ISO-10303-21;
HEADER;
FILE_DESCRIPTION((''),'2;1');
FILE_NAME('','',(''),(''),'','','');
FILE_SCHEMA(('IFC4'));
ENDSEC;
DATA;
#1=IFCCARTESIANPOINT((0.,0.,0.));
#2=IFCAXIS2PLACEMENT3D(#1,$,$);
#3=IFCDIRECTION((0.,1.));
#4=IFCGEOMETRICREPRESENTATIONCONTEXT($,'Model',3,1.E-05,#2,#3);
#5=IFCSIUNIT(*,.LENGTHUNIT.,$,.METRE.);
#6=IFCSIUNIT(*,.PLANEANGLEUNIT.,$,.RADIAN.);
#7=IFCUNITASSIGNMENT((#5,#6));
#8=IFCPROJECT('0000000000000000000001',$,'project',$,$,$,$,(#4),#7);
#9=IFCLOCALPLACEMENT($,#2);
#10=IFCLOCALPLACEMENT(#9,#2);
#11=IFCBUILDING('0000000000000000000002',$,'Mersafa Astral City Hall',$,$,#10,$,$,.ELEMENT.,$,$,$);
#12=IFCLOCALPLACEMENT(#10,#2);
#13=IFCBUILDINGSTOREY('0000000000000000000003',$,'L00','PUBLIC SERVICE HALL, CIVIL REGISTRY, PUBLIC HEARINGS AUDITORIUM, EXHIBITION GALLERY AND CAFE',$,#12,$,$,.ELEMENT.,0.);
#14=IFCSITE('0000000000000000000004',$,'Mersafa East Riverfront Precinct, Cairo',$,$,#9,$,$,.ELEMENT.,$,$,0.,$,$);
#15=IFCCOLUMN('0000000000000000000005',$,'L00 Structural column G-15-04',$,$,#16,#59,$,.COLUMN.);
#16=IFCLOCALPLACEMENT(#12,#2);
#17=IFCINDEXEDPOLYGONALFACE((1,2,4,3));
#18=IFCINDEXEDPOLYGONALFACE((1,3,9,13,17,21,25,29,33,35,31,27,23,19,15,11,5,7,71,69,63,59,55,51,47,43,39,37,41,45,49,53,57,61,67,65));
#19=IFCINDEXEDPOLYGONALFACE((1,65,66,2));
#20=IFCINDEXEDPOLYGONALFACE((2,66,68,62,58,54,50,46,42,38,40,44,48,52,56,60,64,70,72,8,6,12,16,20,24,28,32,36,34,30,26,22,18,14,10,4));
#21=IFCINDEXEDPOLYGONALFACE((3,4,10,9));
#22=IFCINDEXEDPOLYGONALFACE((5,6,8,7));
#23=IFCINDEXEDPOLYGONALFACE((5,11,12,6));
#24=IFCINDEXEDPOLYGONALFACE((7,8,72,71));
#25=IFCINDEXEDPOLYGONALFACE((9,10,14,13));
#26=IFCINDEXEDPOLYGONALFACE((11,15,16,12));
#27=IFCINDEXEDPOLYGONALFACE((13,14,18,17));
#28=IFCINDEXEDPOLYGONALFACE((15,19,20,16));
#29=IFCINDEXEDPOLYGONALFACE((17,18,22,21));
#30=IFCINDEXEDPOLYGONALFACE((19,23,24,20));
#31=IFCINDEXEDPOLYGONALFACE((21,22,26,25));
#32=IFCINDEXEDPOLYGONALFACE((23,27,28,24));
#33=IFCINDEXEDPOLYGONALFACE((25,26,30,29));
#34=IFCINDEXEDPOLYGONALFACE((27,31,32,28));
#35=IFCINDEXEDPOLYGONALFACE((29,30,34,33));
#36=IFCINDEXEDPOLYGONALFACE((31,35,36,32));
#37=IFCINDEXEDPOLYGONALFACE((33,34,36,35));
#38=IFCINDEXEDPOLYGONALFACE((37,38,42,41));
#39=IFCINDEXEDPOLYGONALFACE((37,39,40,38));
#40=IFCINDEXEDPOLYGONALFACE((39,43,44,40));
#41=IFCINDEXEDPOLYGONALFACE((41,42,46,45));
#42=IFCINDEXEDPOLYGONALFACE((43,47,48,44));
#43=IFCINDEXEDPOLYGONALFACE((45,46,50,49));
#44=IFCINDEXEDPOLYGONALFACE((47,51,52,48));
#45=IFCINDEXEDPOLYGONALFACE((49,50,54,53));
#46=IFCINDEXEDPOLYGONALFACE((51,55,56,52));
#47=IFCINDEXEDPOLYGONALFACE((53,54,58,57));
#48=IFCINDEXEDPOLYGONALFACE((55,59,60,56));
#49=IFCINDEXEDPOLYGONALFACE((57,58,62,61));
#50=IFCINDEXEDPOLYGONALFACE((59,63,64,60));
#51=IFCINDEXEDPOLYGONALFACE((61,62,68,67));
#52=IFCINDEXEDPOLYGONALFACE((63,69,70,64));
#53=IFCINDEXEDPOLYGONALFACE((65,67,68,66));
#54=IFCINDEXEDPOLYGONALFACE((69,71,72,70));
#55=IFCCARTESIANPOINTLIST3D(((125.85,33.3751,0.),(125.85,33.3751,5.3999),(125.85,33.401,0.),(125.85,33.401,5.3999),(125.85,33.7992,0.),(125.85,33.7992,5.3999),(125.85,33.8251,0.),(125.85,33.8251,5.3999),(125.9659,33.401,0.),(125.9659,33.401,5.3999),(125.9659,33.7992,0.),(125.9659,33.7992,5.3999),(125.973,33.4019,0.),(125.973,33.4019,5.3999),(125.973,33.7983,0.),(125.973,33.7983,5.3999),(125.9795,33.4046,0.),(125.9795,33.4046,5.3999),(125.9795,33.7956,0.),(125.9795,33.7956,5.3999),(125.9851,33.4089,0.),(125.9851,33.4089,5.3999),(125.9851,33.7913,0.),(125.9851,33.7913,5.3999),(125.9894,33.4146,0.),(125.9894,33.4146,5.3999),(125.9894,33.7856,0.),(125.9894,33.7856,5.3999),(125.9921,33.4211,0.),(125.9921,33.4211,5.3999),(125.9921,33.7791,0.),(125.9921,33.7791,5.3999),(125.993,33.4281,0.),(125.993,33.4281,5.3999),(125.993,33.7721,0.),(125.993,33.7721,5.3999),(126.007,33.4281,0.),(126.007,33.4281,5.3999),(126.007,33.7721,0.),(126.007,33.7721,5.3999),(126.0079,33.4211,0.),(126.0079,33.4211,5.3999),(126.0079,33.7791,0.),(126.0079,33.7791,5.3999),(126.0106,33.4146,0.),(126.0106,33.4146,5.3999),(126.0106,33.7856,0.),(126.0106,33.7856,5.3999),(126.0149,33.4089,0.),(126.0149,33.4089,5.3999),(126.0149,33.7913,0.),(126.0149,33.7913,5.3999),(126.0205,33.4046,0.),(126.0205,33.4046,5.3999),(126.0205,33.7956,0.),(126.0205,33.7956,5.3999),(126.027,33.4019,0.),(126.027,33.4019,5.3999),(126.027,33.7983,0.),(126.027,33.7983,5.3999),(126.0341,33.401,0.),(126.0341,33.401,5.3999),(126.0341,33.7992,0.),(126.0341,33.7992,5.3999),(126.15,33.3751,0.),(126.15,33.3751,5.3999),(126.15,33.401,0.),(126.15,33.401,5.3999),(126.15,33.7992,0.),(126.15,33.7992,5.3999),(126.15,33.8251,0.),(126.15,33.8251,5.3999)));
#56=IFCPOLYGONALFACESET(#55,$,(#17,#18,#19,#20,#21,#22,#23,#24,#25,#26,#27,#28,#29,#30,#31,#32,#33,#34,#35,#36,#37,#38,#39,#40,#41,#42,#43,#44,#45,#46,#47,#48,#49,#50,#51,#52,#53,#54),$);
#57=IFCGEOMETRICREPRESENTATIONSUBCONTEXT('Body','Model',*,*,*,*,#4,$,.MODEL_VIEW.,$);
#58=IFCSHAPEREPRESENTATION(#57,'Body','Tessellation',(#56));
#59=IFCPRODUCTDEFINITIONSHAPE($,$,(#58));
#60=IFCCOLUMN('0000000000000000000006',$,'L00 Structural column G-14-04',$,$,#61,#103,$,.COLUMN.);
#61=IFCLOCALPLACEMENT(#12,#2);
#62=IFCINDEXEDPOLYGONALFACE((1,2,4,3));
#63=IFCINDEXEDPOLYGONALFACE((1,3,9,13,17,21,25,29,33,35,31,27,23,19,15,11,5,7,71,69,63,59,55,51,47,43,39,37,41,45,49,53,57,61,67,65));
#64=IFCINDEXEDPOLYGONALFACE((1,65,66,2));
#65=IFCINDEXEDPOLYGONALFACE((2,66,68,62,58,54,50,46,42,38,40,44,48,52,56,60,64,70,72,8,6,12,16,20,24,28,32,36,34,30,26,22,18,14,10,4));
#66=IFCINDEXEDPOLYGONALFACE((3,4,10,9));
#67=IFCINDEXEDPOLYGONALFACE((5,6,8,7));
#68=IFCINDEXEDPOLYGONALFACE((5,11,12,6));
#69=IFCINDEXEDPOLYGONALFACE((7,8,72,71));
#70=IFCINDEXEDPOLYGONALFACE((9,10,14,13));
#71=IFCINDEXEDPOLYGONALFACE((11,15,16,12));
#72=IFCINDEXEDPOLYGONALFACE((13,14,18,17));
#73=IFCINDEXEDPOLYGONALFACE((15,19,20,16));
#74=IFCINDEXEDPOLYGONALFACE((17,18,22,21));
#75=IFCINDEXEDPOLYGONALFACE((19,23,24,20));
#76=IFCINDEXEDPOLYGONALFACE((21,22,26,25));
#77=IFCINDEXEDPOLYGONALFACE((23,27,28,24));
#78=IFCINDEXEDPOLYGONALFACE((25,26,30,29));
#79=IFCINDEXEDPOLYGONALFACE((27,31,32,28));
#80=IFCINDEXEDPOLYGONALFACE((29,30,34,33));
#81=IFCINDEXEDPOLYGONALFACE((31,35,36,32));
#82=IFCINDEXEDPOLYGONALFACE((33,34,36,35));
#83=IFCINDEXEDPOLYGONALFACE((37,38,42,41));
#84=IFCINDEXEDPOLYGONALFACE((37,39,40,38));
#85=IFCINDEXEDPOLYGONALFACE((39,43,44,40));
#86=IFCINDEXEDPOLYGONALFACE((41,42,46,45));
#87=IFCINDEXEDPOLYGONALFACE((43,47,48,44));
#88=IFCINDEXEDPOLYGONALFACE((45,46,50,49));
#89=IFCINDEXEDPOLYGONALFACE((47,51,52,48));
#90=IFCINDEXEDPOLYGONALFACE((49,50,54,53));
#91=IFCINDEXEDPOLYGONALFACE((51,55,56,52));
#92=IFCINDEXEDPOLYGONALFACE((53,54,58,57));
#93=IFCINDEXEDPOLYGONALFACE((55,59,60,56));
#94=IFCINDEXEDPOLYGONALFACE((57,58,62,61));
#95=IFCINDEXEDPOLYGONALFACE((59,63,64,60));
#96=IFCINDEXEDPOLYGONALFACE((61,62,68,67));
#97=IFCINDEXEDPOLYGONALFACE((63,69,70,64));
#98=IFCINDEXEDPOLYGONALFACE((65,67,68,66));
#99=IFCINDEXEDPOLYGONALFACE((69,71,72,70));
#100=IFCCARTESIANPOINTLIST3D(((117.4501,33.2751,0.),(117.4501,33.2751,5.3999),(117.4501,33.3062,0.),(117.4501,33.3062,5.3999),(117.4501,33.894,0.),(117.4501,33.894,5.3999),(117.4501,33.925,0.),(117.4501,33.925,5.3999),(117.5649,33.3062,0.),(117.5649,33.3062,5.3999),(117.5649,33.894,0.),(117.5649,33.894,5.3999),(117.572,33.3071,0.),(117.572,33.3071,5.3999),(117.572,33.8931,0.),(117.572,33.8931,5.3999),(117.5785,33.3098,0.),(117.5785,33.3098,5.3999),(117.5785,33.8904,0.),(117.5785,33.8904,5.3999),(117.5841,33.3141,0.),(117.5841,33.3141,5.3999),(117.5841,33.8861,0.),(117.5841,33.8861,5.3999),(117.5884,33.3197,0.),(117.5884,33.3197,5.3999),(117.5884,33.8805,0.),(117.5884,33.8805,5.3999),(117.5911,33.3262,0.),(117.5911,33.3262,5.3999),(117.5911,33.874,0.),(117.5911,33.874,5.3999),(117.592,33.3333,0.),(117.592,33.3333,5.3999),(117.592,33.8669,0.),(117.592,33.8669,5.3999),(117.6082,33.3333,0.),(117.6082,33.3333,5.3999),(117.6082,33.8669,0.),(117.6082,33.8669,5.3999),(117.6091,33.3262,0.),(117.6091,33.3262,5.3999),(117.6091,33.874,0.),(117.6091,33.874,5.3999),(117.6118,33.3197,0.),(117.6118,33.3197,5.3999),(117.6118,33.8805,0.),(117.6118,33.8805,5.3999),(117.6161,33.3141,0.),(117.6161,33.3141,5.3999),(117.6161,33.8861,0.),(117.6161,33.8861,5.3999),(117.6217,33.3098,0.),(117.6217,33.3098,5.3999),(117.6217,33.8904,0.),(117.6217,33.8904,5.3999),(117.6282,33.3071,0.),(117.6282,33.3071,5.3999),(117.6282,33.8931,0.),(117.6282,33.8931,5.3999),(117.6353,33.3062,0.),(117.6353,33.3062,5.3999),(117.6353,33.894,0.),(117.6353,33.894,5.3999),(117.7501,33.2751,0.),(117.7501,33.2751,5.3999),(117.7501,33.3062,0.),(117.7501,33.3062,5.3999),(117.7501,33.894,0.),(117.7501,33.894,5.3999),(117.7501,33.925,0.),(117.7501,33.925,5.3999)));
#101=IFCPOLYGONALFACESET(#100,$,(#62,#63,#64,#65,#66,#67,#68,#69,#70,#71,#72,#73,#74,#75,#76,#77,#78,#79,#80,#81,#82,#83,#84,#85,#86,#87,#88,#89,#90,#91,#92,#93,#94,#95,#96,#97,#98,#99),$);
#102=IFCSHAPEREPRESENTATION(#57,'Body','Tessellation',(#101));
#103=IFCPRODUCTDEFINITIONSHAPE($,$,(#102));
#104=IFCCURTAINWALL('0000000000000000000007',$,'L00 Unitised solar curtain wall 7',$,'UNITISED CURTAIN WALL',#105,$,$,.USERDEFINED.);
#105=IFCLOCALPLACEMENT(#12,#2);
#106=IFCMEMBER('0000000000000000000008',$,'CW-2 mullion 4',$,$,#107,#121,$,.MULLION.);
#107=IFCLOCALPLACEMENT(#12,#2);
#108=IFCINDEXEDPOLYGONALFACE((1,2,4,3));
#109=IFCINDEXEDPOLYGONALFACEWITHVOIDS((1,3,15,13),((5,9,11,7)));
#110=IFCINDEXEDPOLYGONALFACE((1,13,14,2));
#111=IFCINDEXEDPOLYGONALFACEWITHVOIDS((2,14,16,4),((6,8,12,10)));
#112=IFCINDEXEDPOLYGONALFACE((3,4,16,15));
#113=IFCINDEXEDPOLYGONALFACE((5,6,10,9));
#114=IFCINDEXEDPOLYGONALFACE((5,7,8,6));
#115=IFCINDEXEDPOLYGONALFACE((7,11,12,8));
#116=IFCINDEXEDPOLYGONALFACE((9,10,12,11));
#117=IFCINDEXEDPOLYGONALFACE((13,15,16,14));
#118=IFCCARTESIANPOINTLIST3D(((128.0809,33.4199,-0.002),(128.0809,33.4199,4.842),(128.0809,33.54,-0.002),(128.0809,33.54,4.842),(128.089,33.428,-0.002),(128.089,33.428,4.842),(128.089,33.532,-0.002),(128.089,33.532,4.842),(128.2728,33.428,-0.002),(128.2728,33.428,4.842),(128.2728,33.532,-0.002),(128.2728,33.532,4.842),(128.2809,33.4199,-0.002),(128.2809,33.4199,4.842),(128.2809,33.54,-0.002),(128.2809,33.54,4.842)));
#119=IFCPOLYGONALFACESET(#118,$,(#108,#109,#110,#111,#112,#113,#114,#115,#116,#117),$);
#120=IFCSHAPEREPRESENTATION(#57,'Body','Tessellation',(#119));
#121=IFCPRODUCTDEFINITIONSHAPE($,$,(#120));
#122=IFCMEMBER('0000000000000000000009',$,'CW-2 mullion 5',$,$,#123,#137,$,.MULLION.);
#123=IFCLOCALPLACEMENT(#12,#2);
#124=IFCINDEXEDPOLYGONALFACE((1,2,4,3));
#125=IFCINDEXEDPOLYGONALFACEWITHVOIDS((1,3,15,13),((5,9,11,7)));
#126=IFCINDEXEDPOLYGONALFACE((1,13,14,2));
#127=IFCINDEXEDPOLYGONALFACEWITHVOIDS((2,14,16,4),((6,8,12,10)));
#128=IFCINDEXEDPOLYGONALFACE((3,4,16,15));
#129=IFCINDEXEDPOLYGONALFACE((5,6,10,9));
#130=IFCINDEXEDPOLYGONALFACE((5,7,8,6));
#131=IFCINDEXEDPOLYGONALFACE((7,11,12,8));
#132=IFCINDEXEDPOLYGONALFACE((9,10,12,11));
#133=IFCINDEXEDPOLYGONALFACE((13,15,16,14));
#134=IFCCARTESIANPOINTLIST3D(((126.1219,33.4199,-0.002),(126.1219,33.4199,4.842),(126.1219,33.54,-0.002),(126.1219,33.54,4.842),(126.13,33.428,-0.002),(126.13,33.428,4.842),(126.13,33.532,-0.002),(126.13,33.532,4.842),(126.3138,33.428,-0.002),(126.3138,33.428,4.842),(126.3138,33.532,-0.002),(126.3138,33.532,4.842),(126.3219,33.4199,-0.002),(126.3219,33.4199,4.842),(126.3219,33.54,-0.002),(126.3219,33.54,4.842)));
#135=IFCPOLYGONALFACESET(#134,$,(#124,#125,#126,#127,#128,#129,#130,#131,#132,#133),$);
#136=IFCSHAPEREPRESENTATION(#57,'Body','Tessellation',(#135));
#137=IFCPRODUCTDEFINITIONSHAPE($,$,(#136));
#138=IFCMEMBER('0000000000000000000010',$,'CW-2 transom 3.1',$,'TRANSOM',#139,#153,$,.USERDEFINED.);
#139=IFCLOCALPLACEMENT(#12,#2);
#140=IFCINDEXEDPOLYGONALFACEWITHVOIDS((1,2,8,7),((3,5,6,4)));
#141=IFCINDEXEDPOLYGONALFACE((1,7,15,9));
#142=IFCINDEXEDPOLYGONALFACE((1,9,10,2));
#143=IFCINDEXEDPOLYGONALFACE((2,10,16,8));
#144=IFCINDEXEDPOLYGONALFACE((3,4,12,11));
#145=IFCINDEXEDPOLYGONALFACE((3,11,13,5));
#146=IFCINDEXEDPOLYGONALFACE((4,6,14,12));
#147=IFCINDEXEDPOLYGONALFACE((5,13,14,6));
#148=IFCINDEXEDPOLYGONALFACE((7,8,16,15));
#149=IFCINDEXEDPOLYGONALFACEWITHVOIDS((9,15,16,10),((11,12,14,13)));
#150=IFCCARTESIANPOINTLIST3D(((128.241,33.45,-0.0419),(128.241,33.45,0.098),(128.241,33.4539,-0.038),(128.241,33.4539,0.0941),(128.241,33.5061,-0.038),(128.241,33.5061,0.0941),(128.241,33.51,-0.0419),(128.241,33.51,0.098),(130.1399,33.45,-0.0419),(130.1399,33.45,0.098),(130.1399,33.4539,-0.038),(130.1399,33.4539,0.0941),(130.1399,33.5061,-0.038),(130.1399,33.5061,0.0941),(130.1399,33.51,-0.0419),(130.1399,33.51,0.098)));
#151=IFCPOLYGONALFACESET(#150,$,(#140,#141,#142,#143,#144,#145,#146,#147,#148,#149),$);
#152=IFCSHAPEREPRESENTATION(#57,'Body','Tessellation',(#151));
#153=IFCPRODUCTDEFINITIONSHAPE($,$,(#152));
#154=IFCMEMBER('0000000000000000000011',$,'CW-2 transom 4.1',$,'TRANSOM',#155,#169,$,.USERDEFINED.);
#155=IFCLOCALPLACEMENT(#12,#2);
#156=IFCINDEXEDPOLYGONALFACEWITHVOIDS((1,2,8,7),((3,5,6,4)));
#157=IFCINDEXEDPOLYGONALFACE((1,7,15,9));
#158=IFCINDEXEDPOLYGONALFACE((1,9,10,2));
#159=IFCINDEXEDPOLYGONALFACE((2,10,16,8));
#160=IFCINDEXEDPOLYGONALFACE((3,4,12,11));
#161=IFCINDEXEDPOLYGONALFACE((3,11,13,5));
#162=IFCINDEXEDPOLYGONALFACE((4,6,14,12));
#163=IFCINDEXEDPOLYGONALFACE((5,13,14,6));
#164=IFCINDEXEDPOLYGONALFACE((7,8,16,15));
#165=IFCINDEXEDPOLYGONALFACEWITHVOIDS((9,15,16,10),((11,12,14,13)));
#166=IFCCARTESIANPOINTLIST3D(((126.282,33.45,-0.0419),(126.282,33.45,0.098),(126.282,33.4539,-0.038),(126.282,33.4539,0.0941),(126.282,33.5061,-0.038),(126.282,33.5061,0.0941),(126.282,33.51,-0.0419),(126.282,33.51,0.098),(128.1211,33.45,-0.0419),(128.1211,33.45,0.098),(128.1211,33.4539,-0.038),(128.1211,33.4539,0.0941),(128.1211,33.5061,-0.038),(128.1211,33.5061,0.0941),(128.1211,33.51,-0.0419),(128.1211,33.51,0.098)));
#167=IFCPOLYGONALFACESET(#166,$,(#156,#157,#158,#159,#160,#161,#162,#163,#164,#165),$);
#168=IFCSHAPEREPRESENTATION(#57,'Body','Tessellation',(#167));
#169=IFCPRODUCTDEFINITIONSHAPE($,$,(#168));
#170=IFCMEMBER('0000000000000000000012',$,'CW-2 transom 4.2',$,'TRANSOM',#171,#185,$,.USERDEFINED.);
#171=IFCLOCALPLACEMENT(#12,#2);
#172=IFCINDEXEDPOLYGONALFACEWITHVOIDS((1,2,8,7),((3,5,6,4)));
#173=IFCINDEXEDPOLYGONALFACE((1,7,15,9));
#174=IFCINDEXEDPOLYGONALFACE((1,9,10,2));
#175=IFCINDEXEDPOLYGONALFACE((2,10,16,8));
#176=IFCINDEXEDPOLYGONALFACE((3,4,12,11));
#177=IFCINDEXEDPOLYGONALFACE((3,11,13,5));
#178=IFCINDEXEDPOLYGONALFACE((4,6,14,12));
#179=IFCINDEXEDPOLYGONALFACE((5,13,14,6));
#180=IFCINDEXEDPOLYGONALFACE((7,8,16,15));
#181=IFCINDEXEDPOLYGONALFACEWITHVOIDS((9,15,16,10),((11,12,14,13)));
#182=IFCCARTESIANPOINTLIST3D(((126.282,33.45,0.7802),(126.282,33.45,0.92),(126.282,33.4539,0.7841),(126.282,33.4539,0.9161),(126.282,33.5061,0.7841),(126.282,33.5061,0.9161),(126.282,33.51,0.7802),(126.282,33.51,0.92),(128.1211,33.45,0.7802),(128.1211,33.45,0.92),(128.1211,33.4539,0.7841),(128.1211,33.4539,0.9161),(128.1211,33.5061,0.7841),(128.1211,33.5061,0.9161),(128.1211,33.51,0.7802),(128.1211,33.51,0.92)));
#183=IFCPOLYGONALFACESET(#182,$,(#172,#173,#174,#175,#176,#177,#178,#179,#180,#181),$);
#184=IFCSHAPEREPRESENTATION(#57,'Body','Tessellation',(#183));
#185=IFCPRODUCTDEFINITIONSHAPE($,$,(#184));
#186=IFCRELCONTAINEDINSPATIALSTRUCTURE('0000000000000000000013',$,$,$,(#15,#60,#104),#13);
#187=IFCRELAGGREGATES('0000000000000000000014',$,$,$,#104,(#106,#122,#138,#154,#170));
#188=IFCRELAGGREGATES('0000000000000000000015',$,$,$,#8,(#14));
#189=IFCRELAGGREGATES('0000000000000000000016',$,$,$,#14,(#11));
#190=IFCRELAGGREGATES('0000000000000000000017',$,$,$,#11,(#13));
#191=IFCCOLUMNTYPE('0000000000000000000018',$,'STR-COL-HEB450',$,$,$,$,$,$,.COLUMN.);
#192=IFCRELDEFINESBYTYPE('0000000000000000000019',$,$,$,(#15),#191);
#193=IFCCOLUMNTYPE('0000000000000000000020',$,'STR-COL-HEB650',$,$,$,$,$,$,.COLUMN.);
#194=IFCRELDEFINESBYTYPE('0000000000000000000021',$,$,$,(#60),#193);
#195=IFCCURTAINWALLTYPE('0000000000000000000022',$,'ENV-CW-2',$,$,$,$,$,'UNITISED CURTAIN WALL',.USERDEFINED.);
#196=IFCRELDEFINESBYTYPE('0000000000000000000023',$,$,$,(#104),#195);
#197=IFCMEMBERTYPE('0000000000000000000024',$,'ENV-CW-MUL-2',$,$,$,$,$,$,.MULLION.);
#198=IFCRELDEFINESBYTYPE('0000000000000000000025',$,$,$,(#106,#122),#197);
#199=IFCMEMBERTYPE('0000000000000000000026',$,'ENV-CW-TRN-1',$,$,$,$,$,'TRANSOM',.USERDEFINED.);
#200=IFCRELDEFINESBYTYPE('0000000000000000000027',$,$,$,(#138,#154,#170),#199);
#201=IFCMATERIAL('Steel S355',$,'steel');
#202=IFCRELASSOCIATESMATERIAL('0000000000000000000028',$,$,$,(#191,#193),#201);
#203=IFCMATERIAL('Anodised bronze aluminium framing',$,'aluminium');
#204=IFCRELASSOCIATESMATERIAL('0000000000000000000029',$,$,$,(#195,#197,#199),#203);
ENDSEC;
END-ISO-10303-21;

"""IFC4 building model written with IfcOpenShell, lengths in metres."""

from ifc_helpers import new_model, si_unit, direction, frame, origin, origin_2d, place, context, subcontext, project, spatial, hollow_rectangle, i_section, extrude, material, material_profile, profile_set, type_object, element, aggregate, save


model = new_model("IFC4")

# Units and contexts
model_context = context("Model", 3, precision=1e-05, world=origin(), true_north=direction((0.0, 1.0)))
body_context = subcontext(model_context, "Body", "Model", "MODEL_VIEW")
ifc_project = project(units=[si_unit("LENGTHUNIT", "METRE"), si_unit("PLANEANGLEUNIT", "RADIAN")], contexts=[model_context])

# Site, building, storey
site_placement = place(None, origin())
site = spatial("IfcSite", under=ifc_project, at=site_placement, Name="Mersafa East Riverfront Precinct, Cairo", CompositionType="ELEMENT", RefElevation=0.0)
building_placement = place(site_placement, origin())
building = spatial("IfcBuilding", under=site, at=building_placement, Name="Mersafa Astral City Hall", CompositionType="ELEMENT")
storey_placement = place(building_placement, origin())
storey = spatial("IfcBuildingStorey", under=building, at=storey_placement, Name="L00", Description="PUBLIC SERVICE HALL, CIVIL REGISTRY, PUBLIC HEARINGS AUDITORIUM, EXHIBITION GALLERY AND CAFE", CompositionType="ELEMENT", Elevation=0.0)

# Columns
ifc_material_1 = material(Name="Steel S355", Category="steel")
ifc_material_profile_1 = material_profile(ifc_material_1, i_section(OverallWidth=0.3, OverallDepth=0.45, WebThickness=0.0139, FlangeThickness=0.0259, FilletRadius=0.0271, at=origin_2d()), Name="HEB 450")
ifc_profile_set_1 = profile_set([ifc_material_profile_1], Name="Steel S355")
column_type_1 = type_object("IfcColumnType", Name="STR-COL-HEB450", PredefinedType="COLUMN", material=ifc_profile_set_1)
column_1_placement = place(storey_placement, frame((126.0, 33.6001, 0.0), z_axis=(0.0, 0.0, 1.0), x_axis=(1.0, 0.0, 0.0)))
element("IfcColumn", 1, at=column_1_placement, inside=storey, type_object=column_type_1, Name="L00 Structural column G-15-04", PredefinedType="COLUMN", context=body_context, shape_type="SweptSolid", body=[
    extrude(i_section(OverallWidth=0.3, OverallDepth=0.45, WebThickness=0.0139, FlangeThickness=0.0259, FilletRadius=0.0271, at=origin_2d()), origin(), (0.0, 0.0, 1.0), 5.3999),
])
ifc_material_profile_2 = material_profile(ifc_material_1, i_section(OverallWidth=0.3, OverallDepth=0.6499, WebThickness=0.0161, FlangeThickness=0.031, FilletRadius=0.0271, at=origin_2d()), Name="HEB 650")
ifc_profile_set_2 = profile_set([ifc_material_profile_2], Name="Steel S355")
column_type_2 = type_object("IfcColumnType", Name="STR-COL-HEB650", PredefinedType="COLUMN", material=ifc_profile_set_2)
column_2_placement = place(storey_placement, frame((117.6001, 33.6001, 0.0), z_axis=(0.0, 0.0, 1.0), x_axis=(1.0, 0.0, 0.0)))
element("IfcColumn", 2, at=column_2_placement, inside=storey, type_object=column_type_2, Name="L00 Structural column G-14-04", PredefinedType="COLUMN", context=body_context, shape_type="SweptSolid", body=[
    extrude(i_section(OverallWidth=0.3, OverallDepth=0.6499, WebThickness=0.0161, FlangeThickness=0.031, FilletRadius=0.0271, at=origin_2d()), origin(), (0.0, 0.0, 1.0), 5.3999),
])

# Curtain wall, members
ifc_material_2 = material(Name="Anodised bronze aluminium framing", Category="aluminium")
curtain_wall_type = type_object("IfcCurtainWallType", Name="ENV-CW-2", ElementType="UNITISED CURTAIN WALL", PredefinedType="USERDEFINED", material=ifc_material_2)
curtain_wall_placement = place(storey_placement, origin())
curtain_wall = element("IfcCurtainWall", 3, at=curtain_wall_placement, inside=storey, type_object=curtain_wall_type, Name="L00 Unitised solar curtain wall 7", ObjectType="UNITISED CURTAIN WALL", PredefinedType="USERDEFINED")
ifc_material_profile_3 = material_profile(ifc_material_2, hollow_rectangle(XDim=0.1201, YDim=0.2, WallThickness=0.0081, at=origin_2d()), Name="RHS 120x200x8")
ifc_profile_set_3 = profile_set([ifc_material_profile_3], Name="Anodised bronze aluminium framing")
member_type_1 = type_object("IfcMemberType", Name="ENV-CW-MUL-2", PredefinedType="MULLION", material=ifc_profile_set_3)
member_1_placement = place(storey_placement, frame((128.1809, 33.48, -0.002), z_axis=(0.0, 0.0, 1.0), x_axis=(0.0, -1.0, 0.0)))
member_1 = element("IfcMember", 4, at=member_1_placement, type_object=member_type_1, Name="CW-2 mullion 4", PredefinedType="MULLION", context=body_context, shape_type="SweptSolid", body=[
    extrude(hollow_rectangle(XDim=0.1201, YDim=0.2, WallThickness=0.0081, at=origin_2d()), origin(), (0.0, 0.0, 1.0), 4.844),
])
member_2_placement = place(storey_placement, frame((126.2219, 33.48, -0.002), z_axis=(0.0, 0.0, 1.0), x_axis=(0.0, -1.0, 0.0)))
member_2 = element("IfcMember", 5, at=member_2_placement, type_object=member_type_1, Name="CW-2 mullion 5", PredefinedType="MULLION", context=body_context, shape_type="SweptSolid", body=[
    extrude(hollow_rectangle(XDim=0.1201, YDim=0.2, WallThickness=0.0081, at=origin_2d()), origin(), (0.0, 0.0, 1.0), 4.844),
])
ifc_material_profile_4 = material_profile(ifc_material_2, hollow_rectangle(XDim=0.0601, YDim=0.1399, WallThickness=0.0039, at=origin_2d()), Name="RHS 60x140x4")
ifc_profile_set_4 = profile_set([ifc_material_profile_4], Name="Anodised bronze aluminium framing")
member_type_2 = type_object("IfcMemberType", Name="ENV-CW-TRN-1", ElementType="TRANSOM", PredefinedType="USERDEFINED", material=ifc_profile_set_4)
member_3_placement = place(storey_placement, frame((130.1399, 33.48, 0.0281), z_axis=(-1.0, 0.0, 0.0), x_axis=(0.0, -1.0, 0.0)))
member_3 = element("IfcMember", 6, at=member_3_placement, type_object=member_type_2, Name="CW-2 transom 3.1", ObjectType="TRANSOM", PredefinedType="USERDEFINED", context=body_context, shape_type="SweptSolid", body=[
    extrude(hollow_rectangle(XDim=0.0601, YDim=0.1399, WallThickness=0.0039, at=origin_2d()), origin(), (0.0, 0.0, 1.0), 1.8989),
])
member_4_placement = place(storey_placement, frame((128.1211, 33.48, 0.0281), z_axis=(-1.0, 0.0, 0.0), x_axis=(0.0, -1.0, 0.0)))
member_4 = element("IfcMember", 7, at=member_4_placement, type_object=member_type_2, Name="CW-2 transom 4.1", ObjectType="TRANSOM", PredefinedType="USERDEFINED", context=body_context, shape_type="SweptSolid", body=[
    extrude(hollow_rectangle(XDim=0.0601, YDim=0.1399, WallThickness=0.0039, at=origin_2d()), origin(), (0.0, 0.0, 1.0), 1.8391),
])
member_5_placement = place(storey_placement, frame((128.1211, 33.48, 0.8501), z_axis=(-1.0, 0.0, 0.0), x_axis=(0.0, -1.0, 0.0)))
member_5 = element("IfcMember", 8, at=member_5_placement, type_object=member_type_2, Name="CW-2 transom 4.2", ObjectType="TRANSOM", PredefinedType="USERDEFINED", context=body_context, shape_type="SweptSolid", body=[
    extrude(hollow_rectangle(XDim=0.0601, YDim=0.1399, WallThickness=0.0039, at=origin_2d()), origin(), (0.0, 0.0, 1.0), 1.8391),
])

aggregate(curtain_wall, [member_1, member_2, member_3, member_4, member_5])

save(model, "model.ifc")
